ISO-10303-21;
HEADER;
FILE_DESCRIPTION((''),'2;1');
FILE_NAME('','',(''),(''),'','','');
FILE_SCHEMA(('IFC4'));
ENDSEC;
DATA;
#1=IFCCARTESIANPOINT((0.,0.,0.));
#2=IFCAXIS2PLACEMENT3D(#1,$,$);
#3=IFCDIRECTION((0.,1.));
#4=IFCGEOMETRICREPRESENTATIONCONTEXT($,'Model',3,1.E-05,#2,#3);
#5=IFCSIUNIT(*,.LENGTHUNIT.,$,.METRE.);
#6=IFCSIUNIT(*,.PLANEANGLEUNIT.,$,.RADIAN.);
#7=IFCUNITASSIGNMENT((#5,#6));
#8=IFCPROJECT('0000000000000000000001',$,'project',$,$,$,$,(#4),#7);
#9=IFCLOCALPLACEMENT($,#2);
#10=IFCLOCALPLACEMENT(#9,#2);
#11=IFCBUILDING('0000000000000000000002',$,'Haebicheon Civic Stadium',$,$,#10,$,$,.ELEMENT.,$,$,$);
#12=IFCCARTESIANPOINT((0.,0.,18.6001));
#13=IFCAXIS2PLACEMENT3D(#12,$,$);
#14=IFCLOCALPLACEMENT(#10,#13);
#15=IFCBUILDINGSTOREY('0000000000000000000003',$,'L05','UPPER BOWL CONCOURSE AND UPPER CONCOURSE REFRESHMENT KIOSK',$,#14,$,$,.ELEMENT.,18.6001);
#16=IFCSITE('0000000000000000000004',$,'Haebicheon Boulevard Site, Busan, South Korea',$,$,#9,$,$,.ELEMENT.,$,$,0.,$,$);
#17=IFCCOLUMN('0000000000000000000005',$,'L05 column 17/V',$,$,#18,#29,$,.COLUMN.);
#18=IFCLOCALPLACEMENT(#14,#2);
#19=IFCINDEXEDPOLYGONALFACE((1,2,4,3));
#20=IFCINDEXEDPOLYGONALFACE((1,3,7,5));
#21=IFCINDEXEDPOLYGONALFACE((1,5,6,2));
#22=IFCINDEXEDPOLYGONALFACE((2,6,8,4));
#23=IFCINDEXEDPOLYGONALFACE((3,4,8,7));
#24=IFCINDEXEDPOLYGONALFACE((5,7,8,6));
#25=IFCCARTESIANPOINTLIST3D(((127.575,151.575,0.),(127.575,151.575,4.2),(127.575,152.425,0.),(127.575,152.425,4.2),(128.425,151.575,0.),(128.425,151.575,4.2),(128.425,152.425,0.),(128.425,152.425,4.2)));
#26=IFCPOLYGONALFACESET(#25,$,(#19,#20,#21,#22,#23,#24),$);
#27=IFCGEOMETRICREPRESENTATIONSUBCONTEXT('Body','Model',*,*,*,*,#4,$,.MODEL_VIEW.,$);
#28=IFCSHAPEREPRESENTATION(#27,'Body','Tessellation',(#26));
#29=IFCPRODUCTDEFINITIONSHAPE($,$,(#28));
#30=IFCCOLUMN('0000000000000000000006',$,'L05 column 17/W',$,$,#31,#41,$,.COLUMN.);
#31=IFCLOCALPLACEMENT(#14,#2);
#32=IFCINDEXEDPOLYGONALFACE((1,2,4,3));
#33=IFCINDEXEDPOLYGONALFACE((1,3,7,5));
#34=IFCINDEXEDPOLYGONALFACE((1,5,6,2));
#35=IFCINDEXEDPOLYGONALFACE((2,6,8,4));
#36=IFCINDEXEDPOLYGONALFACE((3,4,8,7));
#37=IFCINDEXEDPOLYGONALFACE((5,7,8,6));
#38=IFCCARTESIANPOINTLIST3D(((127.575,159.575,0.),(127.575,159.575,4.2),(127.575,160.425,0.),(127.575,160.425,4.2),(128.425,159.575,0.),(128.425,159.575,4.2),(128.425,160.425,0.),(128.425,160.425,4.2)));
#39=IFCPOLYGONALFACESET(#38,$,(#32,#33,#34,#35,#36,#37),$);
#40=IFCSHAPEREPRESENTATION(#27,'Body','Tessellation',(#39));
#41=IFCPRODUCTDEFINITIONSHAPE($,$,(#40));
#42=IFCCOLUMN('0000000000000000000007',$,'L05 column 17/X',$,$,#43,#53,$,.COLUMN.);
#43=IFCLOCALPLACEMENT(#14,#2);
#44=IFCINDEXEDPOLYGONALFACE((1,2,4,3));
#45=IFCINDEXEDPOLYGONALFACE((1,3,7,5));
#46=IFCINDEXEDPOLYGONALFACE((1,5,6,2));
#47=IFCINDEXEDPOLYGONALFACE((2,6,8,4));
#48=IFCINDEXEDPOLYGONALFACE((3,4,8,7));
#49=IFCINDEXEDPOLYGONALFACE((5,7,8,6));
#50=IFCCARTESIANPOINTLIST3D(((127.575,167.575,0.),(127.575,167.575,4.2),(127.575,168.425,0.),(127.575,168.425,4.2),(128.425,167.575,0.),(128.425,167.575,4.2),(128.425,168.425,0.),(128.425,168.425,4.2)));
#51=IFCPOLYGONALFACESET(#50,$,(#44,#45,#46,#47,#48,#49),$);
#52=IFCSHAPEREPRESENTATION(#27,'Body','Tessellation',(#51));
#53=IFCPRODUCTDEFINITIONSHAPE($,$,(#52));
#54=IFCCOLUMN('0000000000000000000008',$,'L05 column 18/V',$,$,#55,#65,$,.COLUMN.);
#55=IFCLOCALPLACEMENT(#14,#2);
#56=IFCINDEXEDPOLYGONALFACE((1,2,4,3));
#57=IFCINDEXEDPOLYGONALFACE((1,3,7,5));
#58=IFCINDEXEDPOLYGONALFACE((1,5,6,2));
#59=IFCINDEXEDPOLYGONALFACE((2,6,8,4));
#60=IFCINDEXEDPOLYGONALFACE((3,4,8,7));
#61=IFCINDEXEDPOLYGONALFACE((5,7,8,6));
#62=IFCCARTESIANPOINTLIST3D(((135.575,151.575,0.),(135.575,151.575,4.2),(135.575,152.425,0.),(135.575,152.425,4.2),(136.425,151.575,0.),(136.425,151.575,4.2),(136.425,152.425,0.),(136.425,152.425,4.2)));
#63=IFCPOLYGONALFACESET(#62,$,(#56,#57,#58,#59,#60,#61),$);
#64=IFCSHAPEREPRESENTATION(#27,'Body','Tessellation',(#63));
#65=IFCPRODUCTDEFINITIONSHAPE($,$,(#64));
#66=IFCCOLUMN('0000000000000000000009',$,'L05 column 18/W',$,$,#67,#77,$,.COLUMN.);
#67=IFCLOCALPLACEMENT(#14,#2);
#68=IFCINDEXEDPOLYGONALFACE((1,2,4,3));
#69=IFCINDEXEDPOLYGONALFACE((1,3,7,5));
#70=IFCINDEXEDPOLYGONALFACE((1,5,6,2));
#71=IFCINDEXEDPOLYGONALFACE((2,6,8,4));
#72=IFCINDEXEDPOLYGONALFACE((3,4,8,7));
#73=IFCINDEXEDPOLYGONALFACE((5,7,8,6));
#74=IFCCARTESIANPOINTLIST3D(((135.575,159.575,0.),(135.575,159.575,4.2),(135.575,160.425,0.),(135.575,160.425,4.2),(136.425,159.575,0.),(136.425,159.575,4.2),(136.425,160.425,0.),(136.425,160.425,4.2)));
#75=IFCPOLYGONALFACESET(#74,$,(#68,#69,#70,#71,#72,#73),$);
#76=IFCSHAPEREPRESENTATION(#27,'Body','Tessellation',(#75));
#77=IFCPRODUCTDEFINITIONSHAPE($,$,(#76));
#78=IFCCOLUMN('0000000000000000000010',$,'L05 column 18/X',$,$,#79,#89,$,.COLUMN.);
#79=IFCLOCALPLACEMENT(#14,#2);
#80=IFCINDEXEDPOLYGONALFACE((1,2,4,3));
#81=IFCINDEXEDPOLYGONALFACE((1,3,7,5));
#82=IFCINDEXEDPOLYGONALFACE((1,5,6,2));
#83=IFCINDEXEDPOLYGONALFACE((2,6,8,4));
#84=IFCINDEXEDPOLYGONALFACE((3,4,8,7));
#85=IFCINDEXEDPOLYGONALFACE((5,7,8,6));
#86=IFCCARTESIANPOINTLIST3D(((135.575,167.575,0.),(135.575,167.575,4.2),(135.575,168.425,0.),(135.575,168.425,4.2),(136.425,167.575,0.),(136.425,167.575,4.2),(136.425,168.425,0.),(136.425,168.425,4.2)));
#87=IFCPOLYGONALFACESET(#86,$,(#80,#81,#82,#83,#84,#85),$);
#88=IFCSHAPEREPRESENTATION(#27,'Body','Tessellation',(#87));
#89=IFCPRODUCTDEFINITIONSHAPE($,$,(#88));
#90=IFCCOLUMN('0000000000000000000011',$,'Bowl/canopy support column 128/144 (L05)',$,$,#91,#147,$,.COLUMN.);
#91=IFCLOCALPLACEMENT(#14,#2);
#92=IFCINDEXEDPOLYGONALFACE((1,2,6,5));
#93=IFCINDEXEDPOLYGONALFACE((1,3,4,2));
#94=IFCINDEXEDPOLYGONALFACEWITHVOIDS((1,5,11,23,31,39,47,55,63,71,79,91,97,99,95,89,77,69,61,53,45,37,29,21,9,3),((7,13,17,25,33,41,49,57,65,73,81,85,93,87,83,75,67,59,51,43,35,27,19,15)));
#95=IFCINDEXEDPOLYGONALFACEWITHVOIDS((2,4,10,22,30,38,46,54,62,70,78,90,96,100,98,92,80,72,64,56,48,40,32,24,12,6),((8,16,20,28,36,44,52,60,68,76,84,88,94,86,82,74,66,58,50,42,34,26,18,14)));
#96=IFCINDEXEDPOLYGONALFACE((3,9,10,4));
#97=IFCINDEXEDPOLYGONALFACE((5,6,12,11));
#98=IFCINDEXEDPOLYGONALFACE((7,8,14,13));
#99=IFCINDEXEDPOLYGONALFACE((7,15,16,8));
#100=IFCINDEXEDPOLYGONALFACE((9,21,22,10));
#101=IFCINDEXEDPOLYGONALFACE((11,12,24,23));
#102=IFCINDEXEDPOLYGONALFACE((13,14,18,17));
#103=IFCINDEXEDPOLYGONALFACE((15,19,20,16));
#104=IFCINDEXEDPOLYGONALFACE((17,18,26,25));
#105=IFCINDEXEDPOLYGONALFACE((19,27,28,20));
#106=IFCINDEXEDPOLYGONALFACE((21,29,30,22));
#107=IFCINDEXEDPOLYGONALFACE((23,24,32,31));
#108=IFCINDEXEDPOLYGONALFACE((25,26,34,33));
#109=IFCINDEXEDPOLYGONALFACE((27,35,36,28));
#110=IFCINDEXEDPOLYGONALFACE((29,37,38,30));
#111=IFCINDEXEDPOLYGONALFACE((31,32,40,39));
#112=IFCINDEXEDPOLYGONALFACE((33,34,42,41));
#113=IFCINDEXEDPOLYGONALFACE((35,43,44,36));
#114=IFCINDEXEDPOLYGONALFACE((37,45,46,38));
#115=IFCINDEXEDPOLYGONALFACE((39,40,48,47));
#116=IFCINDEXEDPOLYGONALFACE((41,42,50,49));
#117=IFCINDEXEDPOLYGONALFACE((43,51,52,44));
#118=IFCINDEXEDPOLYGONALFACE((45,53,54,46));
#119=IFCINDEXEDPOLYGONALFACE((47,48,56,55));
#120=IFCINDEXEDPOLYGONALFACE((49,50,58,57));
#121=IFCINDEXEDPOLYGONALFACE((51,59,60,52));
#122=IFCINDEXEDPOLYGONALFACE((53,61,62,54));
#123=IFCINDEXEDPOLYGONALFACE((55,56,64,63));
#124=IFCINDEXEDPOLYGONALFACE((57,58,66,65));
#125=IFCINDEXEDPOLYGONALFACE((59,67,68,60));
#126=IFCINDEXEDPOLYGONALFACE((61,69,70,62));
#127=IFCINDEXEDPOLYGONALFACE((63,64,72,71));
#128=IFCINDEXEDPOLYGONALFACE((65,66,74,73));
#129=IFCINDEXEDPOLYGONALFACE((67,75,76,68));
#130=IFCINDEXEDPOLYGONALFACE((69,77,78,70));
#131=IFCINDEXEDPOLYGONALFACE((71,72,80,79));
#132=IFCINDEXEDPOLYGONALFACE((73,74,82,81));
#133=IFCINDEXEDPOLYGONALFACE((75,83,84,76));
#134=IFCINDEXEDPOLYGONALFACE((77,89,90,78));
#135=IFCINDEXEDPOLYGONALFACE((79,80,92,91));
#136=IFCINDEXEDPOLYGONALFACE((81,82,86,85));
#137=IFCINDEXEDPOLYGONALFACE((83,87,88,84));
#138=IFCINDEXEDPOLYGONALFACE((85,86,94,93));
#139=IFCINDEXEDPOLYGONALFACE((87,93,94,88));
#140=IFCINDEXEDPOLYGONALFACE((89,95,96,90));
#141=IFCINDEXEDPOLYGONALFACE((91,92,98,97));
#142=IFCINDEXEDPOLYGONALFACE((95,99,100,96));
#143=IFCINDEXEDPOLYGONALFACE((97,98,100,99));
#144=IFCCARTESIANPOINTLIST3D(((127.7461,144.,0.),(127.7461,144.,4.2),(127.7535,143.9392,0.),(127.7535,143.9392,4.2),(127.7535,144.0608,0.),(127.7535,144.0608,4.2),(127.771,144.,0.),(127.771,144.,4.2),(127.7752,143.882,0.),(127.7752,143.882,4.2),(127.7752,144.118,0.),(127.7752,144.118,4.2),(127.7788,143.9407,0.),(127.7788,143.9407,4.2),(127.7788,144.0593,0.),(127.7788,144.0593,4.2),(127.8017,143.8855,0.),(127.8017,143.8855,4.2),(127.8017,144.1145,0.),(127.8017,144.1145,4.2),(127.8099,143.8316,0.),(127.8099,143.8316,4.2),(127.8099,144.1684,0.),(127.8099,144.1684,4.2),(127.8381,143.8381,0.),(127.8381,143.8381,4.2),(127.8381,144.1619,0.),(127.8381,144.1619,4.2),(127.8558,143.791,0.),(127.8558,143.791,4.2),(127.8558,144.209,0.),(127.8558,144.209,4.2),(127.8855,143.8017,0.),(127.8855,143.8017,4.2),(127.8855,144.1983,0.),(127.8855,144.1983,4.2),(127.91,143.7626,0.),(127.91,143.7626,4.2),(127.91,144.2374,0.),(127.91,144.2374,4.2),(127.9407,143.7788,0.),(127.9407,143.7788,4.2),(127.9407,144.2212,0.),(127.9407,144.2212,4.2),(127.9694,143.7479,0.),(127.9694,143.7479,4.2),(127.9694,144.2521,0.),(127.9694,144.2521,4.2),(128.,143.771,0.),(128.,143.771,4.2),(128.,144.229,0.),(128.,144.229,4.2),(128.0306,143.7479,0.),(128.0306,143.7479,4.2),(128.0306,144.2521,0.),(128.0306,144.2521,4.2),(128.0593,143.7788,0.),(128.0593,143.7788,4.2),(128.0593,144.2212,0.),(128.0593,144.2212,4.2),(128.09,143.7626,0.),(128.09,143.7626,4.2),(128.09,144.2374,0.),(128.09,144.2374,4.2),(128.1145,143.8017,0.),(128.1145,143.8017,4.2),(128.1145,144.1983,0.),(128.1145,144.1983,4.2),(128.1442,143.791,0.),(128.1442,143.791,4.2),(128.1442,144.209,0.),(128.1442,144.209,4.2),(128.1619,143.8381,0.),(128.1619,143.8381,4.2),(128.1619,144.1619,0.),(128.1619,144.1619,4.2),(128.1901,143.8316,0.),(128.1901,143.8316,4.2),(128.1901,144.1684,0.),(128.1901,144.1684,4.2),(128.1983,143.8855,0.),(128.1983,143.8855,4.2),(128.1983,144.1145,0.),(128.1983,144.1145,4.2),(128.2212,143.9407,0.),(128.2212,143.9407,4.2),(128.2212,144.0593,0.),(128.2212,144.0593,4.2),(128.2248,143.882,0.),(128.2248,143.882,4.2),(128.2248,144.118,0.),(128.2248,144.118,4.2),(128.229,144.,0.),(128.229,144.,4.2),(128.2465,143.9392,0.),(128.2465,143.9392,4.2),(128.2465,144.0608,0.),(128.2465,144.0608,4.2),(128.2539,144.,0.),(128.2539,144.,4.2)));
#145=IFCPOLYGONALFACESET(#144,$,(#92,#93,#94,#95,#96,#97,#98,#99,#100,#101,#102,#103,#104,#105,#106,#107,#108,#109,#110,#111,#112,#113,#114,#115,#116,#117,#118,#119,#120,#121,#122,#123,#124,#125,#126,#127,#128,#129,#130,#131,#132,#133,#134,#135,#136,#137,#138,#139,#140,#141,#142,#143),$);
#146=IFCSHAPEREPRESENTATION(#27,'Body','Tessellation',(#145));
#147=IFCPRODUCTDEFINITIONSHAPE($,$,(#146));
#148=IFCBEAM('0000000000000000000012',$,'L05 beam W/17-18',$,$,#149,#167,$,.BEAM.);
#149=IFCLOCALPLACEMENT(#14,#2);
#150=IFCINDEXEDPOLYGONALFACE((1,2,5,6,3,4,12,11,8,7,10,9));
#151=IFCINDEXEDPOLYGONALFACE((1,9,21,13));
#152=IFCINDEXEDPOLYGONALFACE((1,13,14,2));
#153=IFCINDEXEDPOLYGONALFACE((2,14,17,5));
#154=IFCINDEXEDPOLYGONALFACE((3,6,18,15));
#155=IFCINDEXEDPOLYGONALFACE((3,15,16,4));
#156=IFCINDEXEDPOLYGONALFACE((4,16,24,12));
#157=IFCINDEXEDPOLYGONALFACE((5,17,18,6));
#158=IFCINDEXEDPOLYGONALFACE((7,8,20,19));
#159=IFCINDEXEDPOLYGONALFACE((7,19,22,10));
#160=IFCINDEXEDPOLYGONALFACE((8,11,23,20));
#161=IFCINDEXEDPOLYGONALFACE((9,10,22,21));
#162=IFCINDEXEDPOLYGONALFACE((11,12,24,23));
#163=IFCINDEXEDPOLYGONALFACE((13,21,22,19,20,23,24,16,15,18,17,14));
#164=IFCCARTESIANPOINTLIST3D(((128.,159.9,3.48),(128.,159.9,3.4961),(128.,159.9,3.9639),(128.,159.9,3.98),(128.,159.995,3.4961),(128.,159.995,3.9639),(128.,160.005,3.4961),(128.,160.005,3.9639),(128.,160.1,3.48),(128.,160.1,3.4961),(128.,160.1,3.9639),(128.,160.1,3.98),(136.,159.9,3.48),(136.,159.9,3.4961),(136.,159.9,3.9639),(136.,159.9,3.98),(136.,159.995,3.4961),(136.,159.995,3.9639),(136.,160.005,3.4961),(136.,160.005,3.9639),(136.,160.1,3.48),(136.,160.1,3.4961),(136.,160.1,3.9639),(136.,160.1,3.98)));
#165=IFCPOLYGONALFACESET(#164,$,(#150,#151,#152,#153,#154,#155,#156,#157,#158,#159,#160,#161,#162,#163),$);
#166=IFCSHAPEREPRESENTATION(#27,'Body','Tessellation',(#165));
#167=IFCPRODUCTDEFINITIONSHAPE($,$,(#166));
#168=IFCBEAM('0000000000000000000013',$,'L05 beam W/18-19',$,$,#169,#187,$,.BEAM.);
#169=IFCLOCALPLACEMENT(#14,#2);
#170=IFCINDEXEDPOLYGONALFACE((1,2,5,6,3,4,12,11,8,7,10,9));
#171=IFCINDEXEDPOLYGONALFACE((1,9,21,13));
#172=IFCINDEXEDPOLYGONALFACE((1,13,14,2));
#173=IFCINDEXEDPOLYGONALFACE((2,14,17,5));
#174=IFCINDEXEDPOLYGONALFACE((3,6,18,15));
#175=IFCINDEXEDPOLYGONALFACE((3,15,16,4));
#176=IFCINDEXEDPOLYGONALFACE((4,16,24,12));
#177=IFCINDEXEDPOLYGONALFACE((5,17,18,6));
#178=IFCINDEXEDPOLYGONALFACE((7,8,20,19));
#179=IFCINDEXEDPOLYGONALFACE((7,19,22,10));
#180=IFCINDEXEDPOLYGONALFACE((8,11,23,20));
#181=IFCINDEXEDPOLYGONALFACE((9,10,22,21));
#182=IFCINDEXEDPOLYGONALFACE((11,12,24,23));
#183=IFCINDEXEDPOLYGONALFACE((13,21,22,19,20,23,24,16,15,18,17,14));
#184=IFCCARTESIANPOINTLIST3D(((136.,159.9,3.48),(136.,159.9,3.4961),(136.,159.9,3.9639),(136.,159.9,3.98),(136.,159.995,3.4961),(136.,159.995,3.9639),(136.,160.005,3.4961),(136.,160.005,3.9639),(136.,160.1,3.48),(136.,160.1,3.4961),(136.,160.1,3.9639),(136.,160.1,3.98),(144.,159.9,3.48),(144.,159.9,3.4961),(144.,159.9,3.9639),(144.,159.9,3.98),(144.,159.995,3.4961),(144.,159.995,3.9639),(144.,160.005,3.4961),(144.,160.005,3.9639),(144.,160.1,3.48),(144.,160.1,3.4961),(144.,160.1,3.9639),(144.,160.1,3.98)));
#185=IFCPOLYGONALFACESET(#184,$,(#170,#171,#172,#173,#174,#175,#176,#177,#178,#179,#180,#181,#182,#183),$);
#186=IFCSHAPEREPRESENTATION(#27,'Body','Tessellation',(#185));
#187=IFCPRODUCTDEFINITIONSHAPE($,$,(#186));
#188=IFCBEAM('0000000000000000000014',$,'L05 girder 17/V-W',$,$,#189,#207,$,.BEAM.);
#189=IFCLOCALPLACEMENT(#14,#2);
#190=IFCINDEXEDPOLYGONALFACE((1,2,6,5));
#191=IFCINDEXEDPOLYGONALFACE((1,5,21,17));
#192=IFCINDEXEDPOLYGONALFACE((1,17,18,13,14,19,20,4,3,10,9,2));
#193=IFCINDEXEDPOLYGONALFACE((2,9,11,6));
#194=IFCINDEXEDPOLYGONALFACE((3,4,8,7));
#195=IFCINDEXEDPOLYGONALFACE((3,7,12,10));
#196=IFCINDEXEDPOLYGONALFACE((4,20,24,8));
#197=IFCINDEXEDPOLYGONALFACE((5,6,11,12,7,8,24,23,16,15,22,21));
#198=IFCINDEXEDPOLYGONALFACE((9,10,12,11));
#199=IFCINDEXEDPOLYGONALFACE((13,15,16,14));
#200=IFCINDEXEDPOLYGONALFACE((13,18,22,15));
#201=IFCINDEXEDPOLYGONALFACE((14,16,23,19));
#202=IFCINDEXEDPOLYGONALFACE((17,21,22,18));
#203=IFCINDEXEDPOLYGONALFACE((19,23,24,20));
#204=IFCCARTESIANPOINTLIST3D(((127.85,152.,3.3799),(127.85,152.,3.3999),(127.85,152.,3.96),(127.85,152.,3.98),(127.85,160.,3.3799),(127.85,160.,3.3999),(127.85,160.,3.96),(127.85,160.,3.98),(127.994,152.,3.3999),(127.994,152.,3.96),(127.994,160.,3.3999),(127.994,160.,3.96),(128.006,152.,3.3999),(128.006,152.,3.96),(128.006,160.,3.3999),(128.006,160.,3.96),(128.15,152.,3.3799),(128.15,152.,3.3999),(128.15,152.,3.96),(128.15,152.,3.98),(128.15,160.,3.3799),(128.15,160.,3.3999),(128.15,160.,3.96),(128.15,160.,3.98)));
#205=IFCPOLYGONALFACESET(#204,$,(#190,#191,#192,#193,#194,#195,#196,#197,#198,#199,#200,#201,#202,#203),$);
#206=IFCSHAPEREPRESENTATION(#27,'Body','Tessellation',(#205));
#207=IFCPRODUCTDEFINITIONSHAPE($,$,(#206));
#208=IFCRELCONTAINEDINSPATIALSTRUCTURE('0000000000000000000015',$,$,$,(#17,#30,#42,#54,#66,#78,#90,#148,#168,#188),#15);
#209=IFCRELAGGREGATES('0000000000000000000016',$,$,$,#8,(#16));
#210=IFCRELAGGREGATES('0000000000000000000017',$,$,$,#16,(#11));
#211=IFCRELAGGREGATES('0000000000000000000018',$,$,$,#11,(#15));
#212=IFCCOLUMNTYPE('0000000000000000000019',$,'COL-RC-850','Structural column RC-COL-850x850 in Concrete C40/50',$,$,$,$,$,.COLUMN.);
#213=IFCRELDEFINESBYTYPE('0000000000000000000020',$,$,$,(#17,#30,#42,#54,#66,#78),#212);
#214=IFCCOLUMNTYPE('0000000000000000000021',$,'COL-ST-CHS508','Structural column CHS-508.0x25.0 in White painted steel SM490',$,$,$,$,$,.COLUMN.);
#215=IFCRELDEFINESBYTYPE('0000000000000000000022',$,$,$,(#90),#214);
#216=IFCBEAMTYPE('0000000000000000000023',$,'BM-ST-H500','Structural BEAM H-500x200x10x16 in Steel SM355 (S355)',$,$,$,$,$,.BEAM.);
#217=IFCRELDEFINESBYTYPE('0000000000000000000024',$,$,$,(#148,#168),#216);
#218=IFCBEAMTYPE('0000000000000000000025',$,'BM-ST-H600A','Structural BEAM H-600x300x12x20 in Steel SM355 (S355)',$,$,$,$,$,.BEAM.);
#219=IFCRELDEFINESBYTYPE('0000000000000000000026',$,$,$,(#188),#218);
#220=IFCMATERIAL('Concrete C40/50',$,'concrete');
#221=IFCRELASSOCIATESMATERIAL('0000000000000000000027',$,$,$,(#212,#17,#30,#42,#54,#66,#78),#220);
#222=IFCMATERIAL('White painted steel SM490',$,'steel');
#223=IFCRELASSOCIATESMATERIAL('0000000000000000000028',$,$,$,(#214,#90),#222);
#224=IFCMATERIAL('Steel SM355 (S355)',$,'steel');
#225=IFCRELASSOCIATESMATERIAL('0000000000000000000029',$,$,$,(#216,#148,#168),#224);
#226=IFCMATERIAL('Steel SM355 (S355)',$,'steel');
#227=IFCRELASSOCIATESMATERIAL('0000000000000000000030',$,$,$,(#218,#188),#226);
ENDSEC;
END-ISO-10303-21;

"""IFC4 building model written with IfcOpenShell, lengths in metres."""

from ifc_helpers import new_model, si_unit, direction, frame, origin, origin_2d, place, context, subcontext, project, spatial, rectangle, hollow_circle, i_section, extrude, material, material_profile, profile_set, type_object, element, save


model = new_model("IFC4")

# Units and contexts
model_context = context("Model", 3, precision=1e-05, world=origin(), true_north=direction((0.0, 1.0)))
body_context = subcontext(model_context, "Body", "Model", "MODEL_VIEW")
ifc_project = project(units=[si_unit("LENGTHUNIT", "METRE"), si_unit("PLANEANGLEUNIT", "RADIAN")], contexts=[model_context])

# Site, building, storey
site_placement = place(None, origin())
site = spatial("IfcSite", under=ifc_project, at=site_placement, Name="Haebicheon Boulevard Site, Busan, South Korea", CompositionType="ELEMENT", RefElevation=0.0)
building_placement = place(site_placement, origin())
building = spatial("IfcBuilding", under=site, at=building_placement, Name="Haebicheon Civic Stadium", CompositionType="ELEMENT")
storey_placement = place(building_placement, frame((0.0, 0.0, 18.6001)))
storey = spatial("IfcBuildingStorey", under=building, at=storey_placement, Name="L05", Description="UPPER BOWL CONCOURSE AND UPPER CONCOURSE REFRESHMENT KIOSK", CompositionType="ELEMENT", Elevation=18.6001)

# Columns
ifc_material_1 = material(Name="Concrete C40/50", Category="concrete")
ifc_material_profile_1 = material_profile(ifc_material_1, rectangle(XDim=0.8501, YDim=0.8501, at=origin_2d()), Name="RC-COL-850x850")
ifc_profile_set_1 = profile_set([ifc_material_profile_1], Name="Concrete C40/50")
column_type_1 = type_object("IfcColumnType", Name="COL-RC-850", Description="Structural column RC-COL-850x850 in Concrete C40/50", PredefinedType="COLUMN", material=ifc_profile_set_1)
for number, where, z_axis, x_axis, name in (
    (1, (128.0, 152.0, 0.0), (0.0, 0.0, 1.0), (1.0, 0.0, 0.0), "L05 column 17/V"),
    (2, (128.0, 160.0, 0.0), (0.0, 0.0, 1.0), (1.0, 0.0, 0.0), "L05 column 17/W"),
    (3, (128.0, 168.0, 0.0), (0.0, 0.0, 1.0), (1.0, 0.0, 0.0), "L05 column 17/X"),
    (4, (136.0, 152.0, 0.0), (0.0, 0.0, 1.0), (1.0, 0.0, 0.0), "L05 column 18/V"),
    (5, (136.0, 160.0, 0.0), (0.0, 0.0, 1.0), (1.0, 0.0, 0.0), "L05 column 18/W"),
    (6, (136.0, 168.0, 0.0), (0.0, 0.0, 1.0), (1.0, 0.0, 0.0), "L05 column 18/X"),
):
    element("IfcColumn", number, at=place(storey_placement, frame(where, z_axis=z_axis, x_axis=x_axis)), inside=storey, type_object=column_type_1, material=ifc_profile_set_1, Name=name, PredefinedType="COLUMN", context=body_context, shape_type="SweptSolid", body=[
        extrude(rectangle(XDim=0.8501, YDim=0.8501, at=origin_2d()), origin(), (0.0, 0.0, 1.0), 4.2),
    ])
ifc_material_2 = material(Name="White painted steel SM490", Category="steel")
ifc_material_profile_2 = material_profile(ifc_material_2, hollow_circle(Radius=0.2539, WallThickness=0.0249, at=origin_2d()), Name="CHS-508.0x25.0")
ifc_profile_set_2 = profile_set([ifc_material_profile_2], Name="White painted steel SM490")
column_type_2 = type_object("IfcColumnType", Name="COL-ST-CHS508", Description="Structural column CHS-508.0x25.0 in White painted steel SM490", PredefinedType="COLUMN", material=ifc_profile_set_2)
column_placement = place(storey_placement, frame((128.0, 144.0, 0.0), z_axis=(0.0, 0.0, 1.0), x_axis=(1.0, 0.0, 0.0)))
element("IfcColumn", 7, at=column_placement, inside=storey, type_object=column_type_2, material=ifc_profile_set_2, Name="Bowl/canopy support column 128/144 (L05)", PredefinedType="COLUMN", context=body_context, shape_type="SweptSolid", body=[
    extrude(hollow_circle(Radius=0.2539, WallThickness=0.0249, at=origin_2d()), origin(), (0.0, 0.0, 1.0), 4.2),
])

# Beams
ifc_material_3 = material(Name="Steel SM355 (S355)", Category="steel")
ifc_material_profile_3 = material_profile(ifc_material_3, i_section(OverallWidth=0.2, OverallDepth=0.5, WebThickness=0.01, FlangeThickness=0.0161, at=origin_2d()), Name="H-500x200x10x16")
ifc_profile_set_3 = profile_set([ifc_material_profile_3], Name="Steel SM355 (S355)")
beam_type_1 = type_object("IfcBeamType", Name="BM-ST-H500", Description="Structural BEAM H-500x200x10x16 in Steel SM355 (S355)", PredefinedType="BEAM", material=ifc_profile_set_3)
for number, where, z_axis, x_axis, name in (
    (8, (128.0, 160.0, 3.73), (1.0, 0.0, 0.0), (0.0, 1.0, 0.0), "L05 beam W/17-18"),
    (9, (136.0, 160.0, 3.73), (1.0, 0.0, 0.0), (0.0, 1.0, 0.0), "L05 beam W/18-19"),
):
    element("IfcBeam", number, at=place(storey_placement, frame(where, z_axis=z_axis, x_axis=x_axis)), inside=storey, type_object=beam_type_1, material=ifc_profile_set_3, Name=name, PredefinedType="BEAM", context=body_context, shape_type="SweptSolid", body=[
        extrude(i_section(OverallWidth=0.2, OverallDepth=0.5, WebThickness=0.01, FlangeThickness=0.0161, at=origin_2d()), origin(), (0.0, 0.0, 1.0), 8.0),
    ])
ifc_material_4 = material(Name="Steel SM355 (S355)", Category="steel")
ifc_material_profile_4 = material_profile(ifc_material_4, i_section(OverallWidth=0.3, OverallDepth=0.6001, WebThickness=0.012, FlangeThickness=0.02, at=origin_2d()), Name="H-600x300x12x20")
ifc_profile_set_4 = profile_set([ifc_material_profile_4], Name="Steel SM355 (S355)")
beam_type_2 = type_object("IfcBeamType", Name="BM-ST-H600A", Description="Structural BEAM H-600x300x12x20 in Steel SM355 (S355)", PredefinedType="BEAM", material=ifc_profile_set_4)
for number, where, z_axis, x_axis, name in (
    (10, (128.0, 152.0, 3.6799), (0.0, 1.0, 0.0), (-1.0, 0.0, 0.0), "L05 girder 17/V-W"),
):
    element("IfcBeam", number, at=place(storey_placement, frame(where, z_axis=z_axis, x_axis=x_axis)), inside=storey, type_object=beam_type_2, material=ifc_profile_set_4, Name=name, PredefinedType="BEAM", context=body_context, shape_type="SweptSolid", body=[
        extrude(i_section(OverallWidth=0.3, OverallDepth=0.6001, WebThickness=0.012, FlangeThickness=0.02, at=origin_2d()), origin(), (0.0, 0.0, 1.0), 8.0),
    ])

save(model, "model.ifc")
